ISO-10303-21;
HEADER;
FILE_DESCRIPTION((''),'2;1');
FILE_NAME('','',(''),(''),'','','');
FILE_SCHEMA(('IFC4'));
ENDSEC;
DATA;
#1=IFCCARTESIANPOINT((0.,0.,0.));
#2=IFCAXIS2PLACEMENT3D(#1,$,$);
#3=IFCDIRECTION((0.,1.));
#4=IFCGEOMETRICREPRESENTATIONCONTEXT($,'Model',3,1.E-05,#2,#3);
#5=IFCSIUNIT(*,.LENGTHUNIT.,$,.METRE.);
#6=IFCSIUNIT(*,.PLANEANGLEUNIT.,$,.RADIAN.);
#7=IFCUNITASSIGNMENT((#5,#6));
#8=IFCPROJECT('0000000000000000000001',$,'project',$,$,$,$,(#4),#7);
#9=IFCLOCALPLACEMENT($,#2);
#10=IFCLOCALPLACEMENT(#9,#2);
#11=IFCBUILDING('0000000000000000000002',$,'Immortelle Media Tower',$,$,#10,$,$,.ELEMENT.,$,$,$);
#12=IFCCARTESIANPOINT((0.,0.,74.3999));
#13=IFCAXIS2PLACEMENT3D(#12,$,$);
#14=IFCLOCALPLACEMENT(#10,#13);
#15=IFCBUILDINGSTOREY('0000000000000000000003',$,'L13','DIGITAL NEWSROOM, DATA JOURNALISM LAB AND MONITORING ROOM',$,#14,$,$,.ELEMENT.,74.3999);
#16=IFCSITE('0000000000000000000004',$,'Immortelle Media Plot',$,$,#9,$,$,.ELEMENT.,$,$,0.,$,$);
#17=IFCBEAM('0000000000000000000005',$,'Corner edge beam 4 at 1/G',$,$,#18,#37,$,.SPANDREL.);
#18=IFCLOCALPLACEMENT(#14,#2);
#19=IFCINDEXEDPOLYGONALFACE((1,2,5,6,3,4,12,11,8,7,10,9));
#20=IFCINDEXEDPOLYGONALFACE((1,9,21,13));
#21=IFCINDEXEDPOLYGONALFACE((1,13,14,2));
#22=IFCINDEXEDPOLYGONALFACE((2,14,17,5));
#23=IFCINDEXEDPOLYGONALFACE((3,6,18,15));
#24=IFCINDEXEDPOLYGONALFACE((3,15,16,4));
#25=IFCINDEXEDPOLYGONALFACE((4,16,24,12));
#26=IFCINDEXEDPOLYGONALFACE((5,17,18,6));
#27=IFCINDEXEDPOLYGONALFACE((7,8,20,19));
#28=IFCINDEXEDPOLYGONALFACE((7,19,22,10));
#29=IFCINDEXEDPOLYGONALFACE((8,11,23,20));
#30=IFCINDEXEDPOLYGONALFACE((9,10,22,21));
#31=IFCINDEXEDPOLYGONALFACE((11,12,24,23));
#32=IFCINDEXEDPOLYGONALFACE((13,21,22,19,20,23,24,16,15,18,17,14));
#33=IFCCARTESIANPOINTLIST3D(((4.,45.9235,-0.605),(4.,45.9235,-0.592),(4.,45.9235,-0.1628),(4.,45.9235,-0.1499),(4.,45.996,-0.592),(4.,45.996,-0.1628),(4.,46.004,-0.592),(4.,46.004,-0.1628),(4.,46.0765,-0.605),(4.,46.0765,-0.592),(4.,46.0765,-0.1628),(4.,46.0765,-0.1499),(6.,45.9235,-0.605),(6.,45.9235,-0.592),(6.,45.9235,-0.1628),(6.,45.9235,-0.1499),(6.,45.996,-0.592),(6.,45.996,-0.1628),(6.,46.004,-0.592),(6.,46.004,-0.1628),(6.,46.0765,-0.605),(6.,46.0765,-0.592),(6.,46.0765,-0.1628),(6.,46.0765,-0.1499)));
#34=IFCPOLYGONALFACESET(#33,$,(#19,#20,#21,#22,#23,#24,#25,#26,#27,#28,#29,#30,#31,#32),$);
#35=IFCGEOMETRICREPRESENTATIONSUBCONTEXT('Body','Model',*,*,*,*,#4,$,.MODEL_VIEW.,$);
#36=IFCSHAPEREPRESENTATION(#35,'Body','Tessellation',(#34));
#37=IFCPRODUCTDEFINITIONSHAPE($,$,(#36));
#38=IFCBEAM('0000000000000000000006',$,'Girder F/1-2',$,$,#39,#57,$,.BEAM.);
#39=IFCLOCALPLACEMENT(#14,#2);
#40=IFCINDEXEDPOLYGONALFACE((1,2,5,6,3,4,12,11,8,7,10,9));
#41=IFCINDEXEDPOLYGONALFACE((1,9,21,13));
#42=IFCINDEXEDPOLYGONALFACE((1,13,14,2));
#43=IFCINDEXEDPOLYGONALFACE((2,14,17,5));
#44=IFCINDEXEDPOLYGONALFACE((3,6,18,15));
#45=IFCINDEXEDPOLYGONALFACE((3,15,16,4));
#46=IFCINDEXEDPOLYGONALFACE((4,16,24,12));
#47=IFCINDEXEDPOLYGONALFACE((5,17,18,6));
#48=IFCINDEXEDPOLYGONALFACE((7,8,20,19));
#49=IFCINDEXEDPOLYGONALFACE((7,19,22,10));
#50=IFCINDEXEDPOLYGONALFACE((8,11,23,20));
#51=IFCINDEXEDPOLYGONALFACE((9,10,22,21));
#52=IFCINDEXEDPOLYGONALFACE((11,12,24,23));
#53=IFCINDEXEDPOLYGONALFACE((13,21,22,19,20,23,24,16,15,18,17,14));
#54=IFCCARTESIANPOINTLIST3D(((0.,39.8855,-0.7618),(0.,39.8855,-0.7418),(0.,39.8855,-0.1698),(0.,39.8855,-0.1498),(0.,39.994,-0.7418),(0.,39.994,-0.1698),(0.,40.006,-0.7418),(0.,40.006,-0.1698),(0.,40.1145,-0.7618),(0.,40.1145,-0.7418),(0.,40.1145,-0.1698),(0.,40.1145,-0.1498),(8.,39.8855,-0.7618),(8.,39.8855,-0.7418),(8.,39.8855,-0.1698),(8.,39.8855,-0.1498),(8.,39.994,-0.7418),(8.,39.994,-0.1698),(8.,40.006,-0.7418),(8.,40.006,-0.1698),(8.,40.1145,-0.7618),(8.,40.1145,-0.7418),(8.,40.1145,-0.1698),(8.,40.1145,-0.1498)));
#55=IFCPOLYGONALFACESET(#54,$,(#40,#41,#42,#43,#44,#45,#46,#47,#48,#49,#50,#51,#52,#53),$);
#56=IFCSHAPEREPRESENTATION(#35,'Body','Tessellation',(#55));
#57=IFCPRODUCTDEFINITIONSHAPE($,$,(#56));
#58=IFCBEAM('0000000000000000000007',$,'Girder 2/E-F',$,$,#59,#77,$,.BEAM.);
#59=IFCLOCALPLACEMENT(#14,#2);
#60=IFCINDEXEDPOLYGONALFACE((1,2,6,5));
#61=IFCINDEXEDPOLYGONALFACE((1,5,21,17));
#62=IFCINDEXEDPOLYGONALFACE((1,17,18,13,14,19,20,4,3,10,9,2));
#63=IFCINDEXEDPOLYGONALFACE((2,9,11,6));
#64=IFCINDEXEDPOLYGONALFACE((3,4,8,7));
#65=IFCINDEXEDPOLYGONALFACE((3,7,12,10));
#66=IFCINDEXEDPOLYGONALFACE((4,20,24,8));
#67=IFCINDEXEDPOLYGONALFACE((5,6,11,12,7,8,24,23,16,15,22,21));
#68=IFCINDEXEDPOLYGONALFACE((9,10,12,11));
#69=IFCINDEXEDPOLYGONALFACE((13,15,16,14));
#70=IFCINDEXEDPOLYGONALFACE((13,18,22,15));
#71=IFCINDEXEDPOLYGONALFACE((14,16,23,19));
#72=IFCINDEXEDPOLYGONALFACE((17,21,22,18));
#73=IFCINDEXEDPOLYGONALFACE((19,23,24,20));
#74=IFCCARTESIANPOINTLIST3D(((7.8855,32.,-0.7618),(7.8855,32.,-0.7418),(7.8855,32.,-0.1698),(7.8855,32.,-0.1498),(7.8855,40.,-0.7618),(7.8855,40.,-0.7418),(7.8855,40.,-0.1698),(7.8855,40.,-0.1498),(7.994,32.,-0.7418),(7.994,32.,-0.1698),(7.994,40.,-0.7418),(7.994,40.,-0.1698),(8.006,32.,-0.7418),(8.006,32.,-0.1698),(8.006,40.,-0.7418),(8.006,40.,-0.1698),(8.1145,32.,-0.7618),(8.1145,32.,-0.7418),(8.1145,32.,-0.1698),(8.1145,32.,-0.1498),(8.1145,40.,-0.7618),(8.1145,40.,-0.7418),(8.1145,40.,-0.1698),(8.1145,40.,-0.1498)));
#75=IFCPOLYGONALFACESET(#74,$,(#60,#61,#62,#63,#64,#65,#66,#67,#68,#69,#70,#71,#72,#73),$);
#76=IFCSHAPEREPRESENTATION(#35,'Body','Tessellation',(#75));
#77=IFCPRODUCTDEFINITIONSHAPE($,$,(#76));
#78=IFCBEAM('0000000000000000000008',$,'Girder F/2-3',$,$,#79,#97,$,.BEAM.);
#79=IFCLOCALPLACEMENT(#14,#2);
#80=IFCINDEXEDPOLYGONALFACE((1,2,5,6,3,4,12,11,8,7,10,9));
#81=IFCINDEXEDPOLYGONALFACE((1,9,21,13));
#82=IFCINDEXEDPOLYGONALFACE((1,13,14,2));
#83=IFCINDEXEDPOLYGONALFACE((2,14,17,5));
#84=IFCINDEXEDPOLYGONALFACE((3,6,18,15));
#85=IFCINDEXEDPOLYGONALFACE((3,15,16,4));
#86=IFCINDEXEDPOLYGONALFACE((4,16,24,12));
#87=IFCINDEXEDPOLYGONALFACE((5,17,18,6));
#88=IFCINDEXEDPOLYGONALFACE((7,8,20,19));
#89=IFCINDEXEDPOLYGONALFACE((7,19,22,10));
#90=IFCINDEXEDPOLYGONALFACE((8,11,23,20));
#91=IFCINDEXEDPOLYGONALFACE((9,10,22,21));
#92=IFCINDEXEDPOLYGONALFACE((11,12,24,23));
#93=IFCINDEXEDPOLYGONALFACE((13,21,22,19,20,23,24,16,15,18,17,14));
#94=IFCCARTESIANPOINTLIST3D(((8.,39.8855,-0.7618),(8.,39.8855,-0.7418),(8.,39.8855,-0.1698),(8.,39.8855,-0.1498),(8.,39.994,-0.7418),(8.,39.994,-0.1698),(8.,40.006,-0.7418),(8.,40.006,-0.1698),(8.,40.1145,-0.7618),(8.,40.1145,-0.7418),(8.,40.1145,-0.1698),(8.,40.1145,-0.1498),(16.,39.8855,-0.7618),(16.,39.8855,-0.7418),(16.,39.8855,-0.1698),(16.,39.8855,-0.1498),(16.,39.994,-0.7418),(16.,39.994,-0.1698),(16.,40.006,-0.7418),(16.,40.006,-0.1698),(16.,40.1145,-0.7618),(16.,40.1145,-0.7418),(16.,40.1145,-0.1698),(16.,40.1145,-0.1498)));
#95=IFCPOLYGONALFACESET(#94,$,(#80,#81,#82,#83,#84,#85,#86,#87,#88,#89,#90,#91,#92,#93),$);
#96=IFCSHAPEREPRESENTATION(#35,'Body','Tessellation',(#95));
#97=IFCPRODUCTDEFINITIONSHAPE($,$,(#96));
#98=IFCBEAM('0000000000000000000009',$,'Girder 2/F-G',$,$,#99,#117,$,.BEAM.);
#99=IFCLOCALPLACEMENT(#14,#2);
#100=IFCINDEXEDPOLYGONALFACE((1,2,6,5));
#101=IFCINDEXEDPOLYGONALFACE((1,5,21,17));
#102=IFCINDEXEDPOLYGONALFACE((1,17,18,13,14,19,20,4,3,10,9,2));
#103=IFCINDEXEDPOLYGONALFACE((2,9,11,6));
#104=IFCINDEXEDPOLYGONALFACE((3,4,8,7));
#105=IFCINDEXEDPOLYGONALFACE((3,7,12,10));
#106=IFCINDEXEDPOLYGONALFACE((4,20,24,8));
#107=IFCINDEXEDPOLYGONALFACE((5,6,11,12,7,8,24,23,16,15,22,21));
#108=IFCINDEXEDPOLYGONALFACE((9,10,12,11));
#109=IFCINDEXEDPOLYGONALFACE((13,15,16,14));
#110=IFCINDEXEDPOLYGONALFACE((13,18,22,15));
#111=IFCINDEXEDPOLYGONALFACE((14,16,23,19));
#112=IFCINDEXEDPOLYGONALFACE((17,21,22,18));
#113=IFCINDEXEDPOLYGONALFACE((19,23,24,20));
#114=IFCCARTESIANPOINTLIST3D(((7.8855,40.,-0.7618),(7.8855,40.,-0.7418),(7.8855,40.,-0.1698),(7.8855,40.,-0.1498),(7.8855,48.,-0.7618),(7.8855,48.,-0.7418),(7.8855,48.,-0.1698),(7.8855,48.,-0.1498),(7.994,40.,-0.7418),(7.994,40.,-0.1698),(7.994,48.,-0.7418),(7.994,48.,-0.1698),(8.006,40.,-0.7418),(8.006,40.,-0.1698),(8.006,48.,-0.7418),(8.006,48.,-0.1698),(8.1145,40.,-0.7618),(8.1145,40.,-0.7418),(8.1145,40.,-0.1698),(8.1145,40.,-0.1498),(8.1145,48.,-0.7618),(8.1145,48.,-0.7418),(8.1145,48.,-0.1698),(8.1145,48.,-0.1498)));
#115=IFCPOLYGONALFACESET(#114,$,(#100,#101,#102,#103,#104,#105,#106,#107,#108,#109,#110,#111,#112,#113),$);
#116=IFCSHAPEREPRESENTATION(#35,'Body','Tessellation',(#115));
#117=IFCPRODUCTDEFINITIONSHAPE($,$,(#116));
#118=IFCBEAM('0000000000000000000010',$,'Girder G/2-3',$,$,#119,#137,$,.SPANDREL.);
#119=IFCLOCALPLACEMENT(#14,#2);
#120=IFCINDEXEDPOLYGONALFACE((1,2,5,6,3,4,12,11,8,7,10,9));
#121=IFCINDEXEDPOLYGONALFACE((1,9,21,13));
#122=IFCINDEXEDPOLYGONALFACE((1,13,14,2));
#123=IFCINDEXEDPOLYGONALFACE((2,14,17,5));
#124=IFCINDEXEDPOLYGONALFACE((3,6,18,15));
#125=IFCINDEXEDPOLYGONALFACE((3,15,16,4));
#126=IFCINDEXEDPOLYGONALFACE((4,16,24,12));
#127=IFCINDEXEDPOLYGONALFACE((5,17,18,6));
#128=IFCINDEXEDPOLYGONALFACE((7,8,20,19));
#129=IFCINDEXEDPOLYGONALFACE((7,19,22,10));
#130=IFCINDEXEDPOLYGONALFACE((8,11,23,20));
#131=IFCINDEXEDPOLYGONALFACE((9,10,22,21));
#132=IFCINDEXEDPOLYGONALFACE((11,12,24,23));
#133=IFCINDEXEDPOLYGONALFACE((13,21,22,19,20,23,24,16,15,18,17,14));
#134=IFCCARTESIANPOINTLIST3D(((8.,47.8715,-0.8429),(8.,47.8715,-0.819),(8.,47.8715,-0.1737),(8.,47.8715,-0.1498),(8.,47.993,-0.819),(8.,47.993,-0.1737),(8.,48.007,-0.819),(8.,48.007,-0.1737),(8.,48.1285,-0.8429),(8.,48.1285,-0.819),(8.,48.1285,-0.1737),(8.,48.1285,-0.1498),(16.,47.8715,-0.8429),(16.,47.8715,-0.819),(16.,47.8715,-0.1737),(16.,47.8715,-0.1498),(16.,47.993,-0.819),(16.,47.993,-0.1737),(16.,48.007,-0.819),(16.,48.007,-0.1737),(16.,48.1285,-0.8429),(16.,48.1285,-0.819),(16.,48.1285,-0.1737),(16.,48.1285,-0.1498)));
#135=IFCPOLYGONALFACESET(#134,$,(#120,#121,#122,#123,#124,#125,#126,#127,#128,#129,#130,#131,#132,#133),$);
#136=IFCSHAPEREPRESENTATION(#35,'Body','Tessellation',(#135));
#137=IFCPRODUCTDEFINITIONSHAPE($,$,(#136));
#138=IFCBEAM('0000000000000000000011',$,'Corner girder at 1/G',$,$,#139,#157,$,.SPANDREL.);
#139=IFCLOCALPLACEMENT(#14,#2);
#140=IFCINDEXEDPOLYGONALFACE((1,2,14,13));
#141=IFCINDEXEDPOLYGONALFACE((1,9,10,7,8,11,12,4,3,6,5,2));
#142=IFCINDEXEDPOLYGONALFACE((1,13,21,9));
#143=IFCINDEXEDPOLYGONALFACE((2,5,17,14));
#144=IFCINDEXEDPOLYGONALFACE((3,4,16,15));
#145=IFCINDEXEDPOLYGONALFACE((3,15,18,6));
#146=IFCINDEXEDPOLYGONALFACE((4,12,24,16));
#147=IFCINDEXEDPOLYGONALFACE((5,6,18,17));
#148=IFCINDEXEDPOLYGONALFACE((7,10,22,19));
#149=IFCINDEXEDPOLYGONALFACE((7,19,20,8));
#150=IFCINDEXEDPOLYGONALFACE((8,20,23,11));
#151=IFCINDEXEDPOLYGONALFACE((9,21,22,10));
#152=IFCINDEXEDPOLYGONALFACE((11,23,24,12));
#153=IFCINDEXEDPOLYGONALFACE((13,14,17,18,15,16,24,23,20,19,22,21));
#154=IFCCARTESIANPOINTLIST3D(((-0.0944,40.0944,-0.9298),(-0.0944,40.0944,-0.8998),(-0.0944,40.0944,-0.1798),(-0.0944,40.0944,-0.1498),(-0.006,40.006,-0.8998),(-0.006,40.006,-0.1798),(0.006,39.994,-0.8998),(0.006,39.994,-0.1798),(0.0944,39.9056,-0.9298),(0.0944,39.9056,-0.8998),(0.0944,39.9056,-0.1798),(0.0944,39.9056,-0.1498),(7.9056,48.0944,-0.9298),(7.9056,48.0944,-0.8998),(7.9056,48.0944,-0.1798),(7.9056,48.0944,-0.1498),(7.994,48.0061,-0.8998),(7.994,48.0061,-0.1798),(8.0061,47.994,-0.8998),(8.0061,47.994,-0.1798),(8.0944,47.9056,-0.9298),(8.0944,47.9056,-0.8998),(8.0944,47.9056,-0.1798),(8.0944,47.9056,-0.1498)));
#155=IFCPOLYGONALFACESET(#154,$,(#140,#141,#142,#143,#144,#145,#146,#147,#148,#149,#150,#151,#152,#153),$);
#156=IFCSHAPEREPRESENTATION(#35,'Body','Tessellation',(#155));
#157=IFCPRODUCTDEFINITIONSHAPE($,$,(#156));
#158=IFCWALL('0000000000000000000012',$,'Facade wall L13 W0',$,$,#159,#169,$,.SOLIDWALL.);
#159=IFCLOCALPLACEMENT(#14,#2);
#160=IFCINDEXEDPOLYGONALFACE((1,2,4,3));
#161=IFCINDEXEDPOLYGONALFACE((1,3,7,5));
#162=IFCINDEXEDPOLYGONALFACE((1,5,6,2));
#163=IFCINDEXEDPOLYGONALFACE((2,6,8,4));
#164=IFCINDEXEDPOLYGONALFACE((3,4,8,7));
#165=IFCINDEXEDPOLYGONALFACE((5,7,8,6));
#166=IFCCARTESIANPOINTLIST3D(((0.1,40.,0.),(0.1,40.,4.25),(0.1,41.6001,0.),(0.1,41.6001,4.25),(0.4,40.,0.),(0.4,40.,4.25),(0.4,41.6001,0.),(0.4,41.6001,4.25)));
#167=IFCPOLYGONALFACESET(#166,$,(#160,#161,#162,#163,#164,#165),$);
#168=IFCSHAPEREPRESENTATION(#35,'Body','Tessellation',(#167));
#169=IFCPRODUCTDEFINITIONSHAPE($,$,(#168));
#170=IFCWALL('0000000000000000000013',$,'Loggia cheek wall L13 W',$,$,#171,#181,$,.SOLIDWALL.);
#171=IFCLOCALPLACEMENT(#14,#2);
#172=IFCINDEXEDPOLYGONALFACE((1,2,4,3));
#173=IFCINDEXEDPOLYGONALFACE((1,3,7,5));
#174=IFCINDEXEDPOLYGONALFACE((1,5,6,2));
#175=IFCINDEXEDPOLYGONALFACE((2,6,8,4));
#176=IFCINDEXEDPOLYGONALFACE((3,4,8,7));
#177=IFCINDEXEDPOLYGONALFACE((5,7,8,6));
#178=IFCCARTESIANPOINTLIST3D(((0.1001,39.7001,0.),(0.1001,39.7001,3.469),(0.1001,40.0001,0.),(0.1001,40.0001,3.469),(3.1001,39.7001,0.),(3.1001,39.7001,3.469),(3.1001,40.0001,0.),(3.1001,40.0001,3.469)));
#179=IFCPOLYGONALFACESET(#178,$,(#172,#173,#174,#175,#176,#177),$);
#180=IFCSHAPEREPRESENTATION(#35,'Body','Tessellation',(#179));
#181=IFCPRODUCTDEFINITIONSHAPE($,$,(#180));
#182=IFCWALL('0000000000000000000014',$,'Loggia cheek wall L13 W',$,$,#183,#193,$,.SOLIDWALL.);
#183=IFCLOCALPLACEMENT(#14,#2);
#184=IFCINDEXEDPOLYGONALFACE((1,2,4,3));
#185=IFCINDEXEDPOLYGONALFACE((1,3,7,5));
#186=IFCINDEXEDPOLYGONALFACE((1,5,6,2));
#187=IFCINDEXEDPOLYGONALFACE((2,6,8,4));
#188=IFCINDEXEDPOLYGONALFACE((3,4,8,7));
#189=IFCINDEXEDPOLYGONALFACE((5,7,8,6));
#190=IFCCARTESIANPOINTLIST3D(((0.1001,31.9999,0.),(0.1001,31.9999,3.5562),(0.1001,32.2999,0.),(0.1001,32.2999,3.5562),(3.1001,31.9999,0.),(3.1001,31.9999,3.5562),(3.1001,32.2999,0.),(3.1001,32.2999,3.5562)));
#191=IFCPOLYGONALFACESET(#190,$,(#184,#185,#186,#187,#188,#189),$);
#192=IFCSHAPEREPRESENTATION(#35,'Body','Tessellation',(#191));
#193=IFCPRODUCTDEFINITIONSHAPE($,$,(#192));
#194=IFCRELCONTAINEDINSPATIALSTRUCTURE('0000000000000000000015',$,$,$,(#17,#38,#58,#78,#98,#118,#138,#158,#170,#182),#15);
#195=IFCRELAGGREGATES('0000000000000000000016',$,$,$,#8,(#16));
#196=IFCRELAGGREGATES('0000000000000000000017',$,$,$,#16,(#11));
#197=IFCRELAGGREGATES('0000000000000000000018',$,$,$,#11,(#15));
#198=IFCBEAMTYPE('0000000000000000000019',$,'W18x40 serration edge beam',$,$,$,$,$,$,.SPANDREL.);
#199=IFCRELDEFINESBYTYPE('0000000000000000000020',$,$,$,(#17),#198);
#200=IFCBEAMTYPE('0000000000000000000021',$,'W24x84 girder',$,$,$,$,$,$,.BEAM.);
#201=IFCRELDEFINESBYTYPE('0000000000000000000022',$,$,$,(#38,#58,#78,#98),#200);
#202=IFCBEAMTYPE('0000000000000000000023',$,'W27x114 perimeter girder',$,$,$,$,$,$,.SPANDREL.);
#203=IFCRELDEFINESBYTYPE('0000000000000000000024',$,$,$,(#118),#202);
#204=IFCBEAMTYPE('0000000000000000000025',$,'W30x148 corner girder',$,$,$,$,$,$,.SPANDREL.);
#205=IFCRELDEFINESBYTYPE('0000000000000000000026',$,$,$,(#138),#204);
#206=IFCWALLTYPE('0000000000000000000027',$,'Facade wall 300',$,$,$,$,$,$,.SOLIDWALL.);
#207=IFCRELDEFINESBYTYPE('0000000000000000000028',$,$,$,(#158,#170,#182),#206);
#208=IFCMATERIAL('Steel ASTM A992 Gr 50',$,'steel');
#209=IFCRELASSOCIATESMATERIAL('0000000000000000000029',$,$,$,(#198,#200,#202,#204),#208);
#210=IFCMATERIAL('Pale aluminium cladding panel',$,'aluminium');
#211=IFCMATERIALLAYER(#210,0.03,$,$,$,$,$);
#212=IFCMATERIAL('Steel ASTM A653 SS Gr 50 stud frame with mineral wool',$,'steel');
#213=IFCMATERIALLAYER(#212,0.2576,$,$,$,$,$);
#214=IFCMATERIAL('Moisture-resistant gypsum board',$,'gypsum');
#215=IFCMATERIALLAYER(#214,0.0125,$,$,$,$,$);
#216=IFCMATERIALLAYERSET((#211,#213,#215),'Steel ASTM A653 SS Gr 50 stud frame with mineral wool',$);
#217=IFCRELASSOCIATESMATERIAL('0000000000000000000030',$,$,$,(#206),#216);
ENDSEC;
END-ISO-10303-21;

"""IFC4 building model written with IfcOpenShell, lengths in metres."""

from ifc_helpers import new_model, si_unit, direction, frame, frame_2d, origin, origin_2d, place, context, subcontext, project, spatial, rectangle, i_section, extrude, material, layer, layer_set, material_profile, profile_set, type_object, element, save


model = new_model("IFC4")

# Units and contexts
model_context = context("Model", 3, precision=1e-05, world=origin(), true_north=direction((0.0, 1.0)))
body_context = subcontext(model_context, "Body", "Model", "MODEL_VIEW")
ifc_project = project(units=[si_unit("LENGTHUNIT", "METRE"), si_unit("PLANEANGLEUNIT", "RADIAN")], contexts=[model_context])

# Site, building, storey
site_placement = place(None, origin())
site = spatial("IfcSite", under=ifc_project, at=site_placement, Name="Immortelle Media Plot", CompositionType="ELEMENT", RefElevation=0.0)
building_placement = place(site_placement, origin())
building = spatial("IfcBuilding", under=site, at=building_placement, Name="Immortelle Media Tower", CompositionType="ELEMENT")
storey_placement = place(building_placement, frame((0.0, 0.0, 74.3999)))
storey = spatial("IfcBuildingStorey", under=building, at=storey_placement, Name="L13", Description="DIGITAL NEWSROOM, DATA JOURNALISM LAB AND MONITORING ROOM", CompositionType="ELEMENT", Elevation=74.3999)

# Shared definitions
ifc_material_1 = material(Name="Steel ASTM A992 Gr 50", Category="steel")

# Beams
ifc_material_profile_1 = material_profile(ifc_material_1, i_section(OverallWidth=0.1531, OverallDepth=0.4551, WebThickness=0.0081, FlangeThickness=0.0129, at=origin_2d()), Name="W18x40")
ifc_profile_set_1 = profile_set([ifc_material_profile_1], Name="Steel ASTM A992 Gr 50")
beam_type_1 = type_object("IfcBeamType", Name="W18x40 serration edge beam", PredefinedType="SPANDREL", material=ifc_profile_set_1)
for number, where, z_axis, x_axis, name in (
    (1, (4.0, 46.0, -0.3774), (1.0, 0.0, 0.0), (0.0, 1.0, 0.0), "Corner edge beam 4 at 1/G"),
):
    element("IfcBeam", number, at=place(storey_placement, frame(where, z_axis=z_axis, x_axis=x_axis)), inside=storey, type_object=beam_type_1, Name=name, PredefinedType="SPANDREL", context=body_context, shape_type="SweptSolid", body=[
        extrude(i_section(OverallWidth=0.1531, OverallDepth=0.4551, WebThickness=0.0081, FlangeThickness=0.0129, at=origin_2d()), origin(), (0.0, 0.0, 1.0), 2.0),
    ])
ifc_material_profile_2 = material_profile(ifc_material_1, i_section(OverallWidth=0.229, OverallDepth=0.6121, WebThickness=0.012, FlangeThickness=0.02, at=origin_2d()), Name="W24x84")
ifc_profile_set_2 = profile_set([ifc_material_profile_2], Name="Steel ASTM A992 Gr 50")
beam_type_2 = type_object("IfcBeamType", Name="W24x84 girder", PredefinedType="BEAM", material=ifc_profile_set_2)
for number, where, z_axis, x_axis, name in (
    (2, (0.0, 40.0, -0.4558), (1.0, 0.0, 0.0), (0.0, 1.0, 0.0), "Girder F/1-2"),
    (3, (8.0, 32.0, -0.4558), (0.0, 1.0, 0.0), (-1.0, 0.0, 0.0), "Girder 2/E-F"),
    (4, (8.0, 40.0, -0.4558), (1.0, 0.0, 0.0), (0.0, 1.0, 0.0), "Girder F/2-3"),
    (5, (8.0, 40.0, -0.4558), (0.0, 1.0, 0.0), (-1.0, 0.0, 0.0), "Girder 2/F-G"),
):
    element("IfcBeam", number, at=place(storey_placement, frame(where, z_axis=z_axis, x_axis=x_axis)), inside=storey, type_object=beam_type_2, Name=name, PredefinedType="BEAM", context=body_context, shape_type="SweptSolid", body=[
        extrude(i_section(OverallWidth=0.229, OverallDepth=0.6121, WebThickness=0.012, FlangeThickness=0.02, at=origin_2d()), origin(), (0.0, 0.0, 1.0), 8.0),
    ])
ifc_material_profile_3 = material_profile(ifc_material_1, i_section(OverallWidth=0.2571, OverallDepth=0.6931, WebThickness=0.0139, FlangeThickness=0.0239, at=origin_2d()), Name="W27x114")
ifc_profile_set_3 = profile_set([ifc_material_profile_3], Name="Steel ASTM A992 Gr 50")
beam_type_3 = type_object("IfcBeamType", Name="W27x114 perimeter girder", PredefinedType="SPANDREL", material=ifc_profile_set_3)
beam_1_placement = place(storey_placement, frame((8.0, 48.0, -0.4963), z_axis=(1.0, 0.0, 0.0), x_axis=(0.0, 1.0, 0.0)))
element("IfcBeam", 6, at=beam_1_placement, inside=storey, type_object=beam_type_3, Name="Girder G/2-3", PredefinedType="SPANDREL", context=body_context, shape_type="SweptSolid", body=[
    extrude(i_section(OverallWidth=0.2571, OverallDepth=0.6931, WebThickness=0.0139, FlangeThickness=0.0239, at=origin_2d()), origin(), (0.0, 0.0, 1.0), 8.0),
])
ifc_material_profile_4 = material_profile(ifc_material_1, i_section(OverallWidth=0.2671, OverallDepth=0.78, WebThickness=0.0171, FlangeThickness=0.03, at=origin_2d()), Name="W30x148")
ifc_profile_set_4 = profile_set([ifc_material_profile_4], Name="Steel ASTM A992 Gr 50")
beam_type_4 = type_object("IfcBeamType", Name="W30x148 corner girder", PredefinedType="SPANDREL", material=ifc_profile_set_4)
beam_2_placement = place(storey_placement, frame((0.0, 40.0, -0.5398), z_axis=(0.707107, 0.707107, 0.0), x_axis=(-0.707107, 0.707107, 0.0)))
element("IfcBeam", 7, at=beam_2_placement, inside=storey, type_object=beam_type_4, Name="Corner girder at 1/G", PredefinedType="SPANDREL", context=body_context, shape_type="SweptSolid", body=[
    extrude(i_section(OverallWidth=0.2671, OverallDepth=0.78, WebThickness=0.0171, FlangeThickness=0.03, at=origin_2d()), origin(), (0.0, 0.0, 1.0), 11.3137),
])

# Wall
ifc_material_2 = material(Name="Pale aluminium cladding panel", Category="aluminium")
ifc_layer_1 = layer(ifc_material_2, 0.03)
ifc_material_3 = material(Name="Steel ASTM A653 SS Gr 50 stud frame with mineral wool", Category="steel")
ifc_layer_2 = layer(ifc_material_3, 0.2576)
ifc_material_4 = material(Name="Moisture-resistant gypsum board", Category="gypsum")
ifc_layer_3 = layer(ifc_material_4, 0.0125)
ifc_layer_set_1 = layer_set([ifc_layer_1, ifc_layer_2, ifc_layer_3], Name="Steel ASTM A653 SS Gr 50 stud frame with mineral wool")
wall_type = type_object("IfcWallType", Name="Facade wall 300", PredefinedType="SOLIDWALL", material=ifc_layer_set_1)
wall_1_placement = place(storey_placement, frame((0.25, 41.6001, 0.0), z_axis=(0.0, 0.0, 1.0), x_axis=(0.0, -1.0, 0.0)))
element("IfcWall", 8, at=wall_1_placement, inside=storey, type_object=wall_type, Name="Facade wall L13 W0", PredefinedType="SOLIDWALL", context=body_context, shape_type="SweptSolid", body=[
    extrude(rectangle(XDim=1.6001, YDim=0.3, at=frame_2d((0.8, 0.0))), origin(), (0.0, 0.0, 1.0), 4.25),
])

# Walls
wall_2_placement = place(storey_placement, frame((0.1001, 39.8501, 0.0), z_axis=(0.0, 0.0, 1.0), x_axis=(1.0, 0.0, 0.0)))
element("IfcWall", 9, at=wall_2_placement, inside=storey, type_object=wall_type, Name="Loggia cheek wall L13 W", PredefinedType="SOLIDWALL", context=body_context, shape_type="SweptSolid", body=[
    extrude(rectangle(XDim=3.0, YDim=0.3, at=frame_2d((1.5, 0.0))), origin(), (0.0, 0.0, 1.0), 3.469),
])
wall_3_placement = place(storey_placement, frame((0.1001, 32.1499, 0.0), z_axis=(0.0, 0.0, 1.0), x_axis=(1.0, 0.0, 0.0)))
element("IfcWall", 10, at=wall_3_placement, inside=storey, type_object=wall_type, Name="Loggia cheek wall L13 W", PredefinedType="SOLIDWALL", context=body_context, shape_type="SweptSolid", body=[
    extrude(rectangle(XDim=3.0, YDim=0.3, at=frame_2d((1.5, 0.0))), origin(), (0.0, 0.0, 1.0), 3.5562),
])

save(model, "model.ifc")
